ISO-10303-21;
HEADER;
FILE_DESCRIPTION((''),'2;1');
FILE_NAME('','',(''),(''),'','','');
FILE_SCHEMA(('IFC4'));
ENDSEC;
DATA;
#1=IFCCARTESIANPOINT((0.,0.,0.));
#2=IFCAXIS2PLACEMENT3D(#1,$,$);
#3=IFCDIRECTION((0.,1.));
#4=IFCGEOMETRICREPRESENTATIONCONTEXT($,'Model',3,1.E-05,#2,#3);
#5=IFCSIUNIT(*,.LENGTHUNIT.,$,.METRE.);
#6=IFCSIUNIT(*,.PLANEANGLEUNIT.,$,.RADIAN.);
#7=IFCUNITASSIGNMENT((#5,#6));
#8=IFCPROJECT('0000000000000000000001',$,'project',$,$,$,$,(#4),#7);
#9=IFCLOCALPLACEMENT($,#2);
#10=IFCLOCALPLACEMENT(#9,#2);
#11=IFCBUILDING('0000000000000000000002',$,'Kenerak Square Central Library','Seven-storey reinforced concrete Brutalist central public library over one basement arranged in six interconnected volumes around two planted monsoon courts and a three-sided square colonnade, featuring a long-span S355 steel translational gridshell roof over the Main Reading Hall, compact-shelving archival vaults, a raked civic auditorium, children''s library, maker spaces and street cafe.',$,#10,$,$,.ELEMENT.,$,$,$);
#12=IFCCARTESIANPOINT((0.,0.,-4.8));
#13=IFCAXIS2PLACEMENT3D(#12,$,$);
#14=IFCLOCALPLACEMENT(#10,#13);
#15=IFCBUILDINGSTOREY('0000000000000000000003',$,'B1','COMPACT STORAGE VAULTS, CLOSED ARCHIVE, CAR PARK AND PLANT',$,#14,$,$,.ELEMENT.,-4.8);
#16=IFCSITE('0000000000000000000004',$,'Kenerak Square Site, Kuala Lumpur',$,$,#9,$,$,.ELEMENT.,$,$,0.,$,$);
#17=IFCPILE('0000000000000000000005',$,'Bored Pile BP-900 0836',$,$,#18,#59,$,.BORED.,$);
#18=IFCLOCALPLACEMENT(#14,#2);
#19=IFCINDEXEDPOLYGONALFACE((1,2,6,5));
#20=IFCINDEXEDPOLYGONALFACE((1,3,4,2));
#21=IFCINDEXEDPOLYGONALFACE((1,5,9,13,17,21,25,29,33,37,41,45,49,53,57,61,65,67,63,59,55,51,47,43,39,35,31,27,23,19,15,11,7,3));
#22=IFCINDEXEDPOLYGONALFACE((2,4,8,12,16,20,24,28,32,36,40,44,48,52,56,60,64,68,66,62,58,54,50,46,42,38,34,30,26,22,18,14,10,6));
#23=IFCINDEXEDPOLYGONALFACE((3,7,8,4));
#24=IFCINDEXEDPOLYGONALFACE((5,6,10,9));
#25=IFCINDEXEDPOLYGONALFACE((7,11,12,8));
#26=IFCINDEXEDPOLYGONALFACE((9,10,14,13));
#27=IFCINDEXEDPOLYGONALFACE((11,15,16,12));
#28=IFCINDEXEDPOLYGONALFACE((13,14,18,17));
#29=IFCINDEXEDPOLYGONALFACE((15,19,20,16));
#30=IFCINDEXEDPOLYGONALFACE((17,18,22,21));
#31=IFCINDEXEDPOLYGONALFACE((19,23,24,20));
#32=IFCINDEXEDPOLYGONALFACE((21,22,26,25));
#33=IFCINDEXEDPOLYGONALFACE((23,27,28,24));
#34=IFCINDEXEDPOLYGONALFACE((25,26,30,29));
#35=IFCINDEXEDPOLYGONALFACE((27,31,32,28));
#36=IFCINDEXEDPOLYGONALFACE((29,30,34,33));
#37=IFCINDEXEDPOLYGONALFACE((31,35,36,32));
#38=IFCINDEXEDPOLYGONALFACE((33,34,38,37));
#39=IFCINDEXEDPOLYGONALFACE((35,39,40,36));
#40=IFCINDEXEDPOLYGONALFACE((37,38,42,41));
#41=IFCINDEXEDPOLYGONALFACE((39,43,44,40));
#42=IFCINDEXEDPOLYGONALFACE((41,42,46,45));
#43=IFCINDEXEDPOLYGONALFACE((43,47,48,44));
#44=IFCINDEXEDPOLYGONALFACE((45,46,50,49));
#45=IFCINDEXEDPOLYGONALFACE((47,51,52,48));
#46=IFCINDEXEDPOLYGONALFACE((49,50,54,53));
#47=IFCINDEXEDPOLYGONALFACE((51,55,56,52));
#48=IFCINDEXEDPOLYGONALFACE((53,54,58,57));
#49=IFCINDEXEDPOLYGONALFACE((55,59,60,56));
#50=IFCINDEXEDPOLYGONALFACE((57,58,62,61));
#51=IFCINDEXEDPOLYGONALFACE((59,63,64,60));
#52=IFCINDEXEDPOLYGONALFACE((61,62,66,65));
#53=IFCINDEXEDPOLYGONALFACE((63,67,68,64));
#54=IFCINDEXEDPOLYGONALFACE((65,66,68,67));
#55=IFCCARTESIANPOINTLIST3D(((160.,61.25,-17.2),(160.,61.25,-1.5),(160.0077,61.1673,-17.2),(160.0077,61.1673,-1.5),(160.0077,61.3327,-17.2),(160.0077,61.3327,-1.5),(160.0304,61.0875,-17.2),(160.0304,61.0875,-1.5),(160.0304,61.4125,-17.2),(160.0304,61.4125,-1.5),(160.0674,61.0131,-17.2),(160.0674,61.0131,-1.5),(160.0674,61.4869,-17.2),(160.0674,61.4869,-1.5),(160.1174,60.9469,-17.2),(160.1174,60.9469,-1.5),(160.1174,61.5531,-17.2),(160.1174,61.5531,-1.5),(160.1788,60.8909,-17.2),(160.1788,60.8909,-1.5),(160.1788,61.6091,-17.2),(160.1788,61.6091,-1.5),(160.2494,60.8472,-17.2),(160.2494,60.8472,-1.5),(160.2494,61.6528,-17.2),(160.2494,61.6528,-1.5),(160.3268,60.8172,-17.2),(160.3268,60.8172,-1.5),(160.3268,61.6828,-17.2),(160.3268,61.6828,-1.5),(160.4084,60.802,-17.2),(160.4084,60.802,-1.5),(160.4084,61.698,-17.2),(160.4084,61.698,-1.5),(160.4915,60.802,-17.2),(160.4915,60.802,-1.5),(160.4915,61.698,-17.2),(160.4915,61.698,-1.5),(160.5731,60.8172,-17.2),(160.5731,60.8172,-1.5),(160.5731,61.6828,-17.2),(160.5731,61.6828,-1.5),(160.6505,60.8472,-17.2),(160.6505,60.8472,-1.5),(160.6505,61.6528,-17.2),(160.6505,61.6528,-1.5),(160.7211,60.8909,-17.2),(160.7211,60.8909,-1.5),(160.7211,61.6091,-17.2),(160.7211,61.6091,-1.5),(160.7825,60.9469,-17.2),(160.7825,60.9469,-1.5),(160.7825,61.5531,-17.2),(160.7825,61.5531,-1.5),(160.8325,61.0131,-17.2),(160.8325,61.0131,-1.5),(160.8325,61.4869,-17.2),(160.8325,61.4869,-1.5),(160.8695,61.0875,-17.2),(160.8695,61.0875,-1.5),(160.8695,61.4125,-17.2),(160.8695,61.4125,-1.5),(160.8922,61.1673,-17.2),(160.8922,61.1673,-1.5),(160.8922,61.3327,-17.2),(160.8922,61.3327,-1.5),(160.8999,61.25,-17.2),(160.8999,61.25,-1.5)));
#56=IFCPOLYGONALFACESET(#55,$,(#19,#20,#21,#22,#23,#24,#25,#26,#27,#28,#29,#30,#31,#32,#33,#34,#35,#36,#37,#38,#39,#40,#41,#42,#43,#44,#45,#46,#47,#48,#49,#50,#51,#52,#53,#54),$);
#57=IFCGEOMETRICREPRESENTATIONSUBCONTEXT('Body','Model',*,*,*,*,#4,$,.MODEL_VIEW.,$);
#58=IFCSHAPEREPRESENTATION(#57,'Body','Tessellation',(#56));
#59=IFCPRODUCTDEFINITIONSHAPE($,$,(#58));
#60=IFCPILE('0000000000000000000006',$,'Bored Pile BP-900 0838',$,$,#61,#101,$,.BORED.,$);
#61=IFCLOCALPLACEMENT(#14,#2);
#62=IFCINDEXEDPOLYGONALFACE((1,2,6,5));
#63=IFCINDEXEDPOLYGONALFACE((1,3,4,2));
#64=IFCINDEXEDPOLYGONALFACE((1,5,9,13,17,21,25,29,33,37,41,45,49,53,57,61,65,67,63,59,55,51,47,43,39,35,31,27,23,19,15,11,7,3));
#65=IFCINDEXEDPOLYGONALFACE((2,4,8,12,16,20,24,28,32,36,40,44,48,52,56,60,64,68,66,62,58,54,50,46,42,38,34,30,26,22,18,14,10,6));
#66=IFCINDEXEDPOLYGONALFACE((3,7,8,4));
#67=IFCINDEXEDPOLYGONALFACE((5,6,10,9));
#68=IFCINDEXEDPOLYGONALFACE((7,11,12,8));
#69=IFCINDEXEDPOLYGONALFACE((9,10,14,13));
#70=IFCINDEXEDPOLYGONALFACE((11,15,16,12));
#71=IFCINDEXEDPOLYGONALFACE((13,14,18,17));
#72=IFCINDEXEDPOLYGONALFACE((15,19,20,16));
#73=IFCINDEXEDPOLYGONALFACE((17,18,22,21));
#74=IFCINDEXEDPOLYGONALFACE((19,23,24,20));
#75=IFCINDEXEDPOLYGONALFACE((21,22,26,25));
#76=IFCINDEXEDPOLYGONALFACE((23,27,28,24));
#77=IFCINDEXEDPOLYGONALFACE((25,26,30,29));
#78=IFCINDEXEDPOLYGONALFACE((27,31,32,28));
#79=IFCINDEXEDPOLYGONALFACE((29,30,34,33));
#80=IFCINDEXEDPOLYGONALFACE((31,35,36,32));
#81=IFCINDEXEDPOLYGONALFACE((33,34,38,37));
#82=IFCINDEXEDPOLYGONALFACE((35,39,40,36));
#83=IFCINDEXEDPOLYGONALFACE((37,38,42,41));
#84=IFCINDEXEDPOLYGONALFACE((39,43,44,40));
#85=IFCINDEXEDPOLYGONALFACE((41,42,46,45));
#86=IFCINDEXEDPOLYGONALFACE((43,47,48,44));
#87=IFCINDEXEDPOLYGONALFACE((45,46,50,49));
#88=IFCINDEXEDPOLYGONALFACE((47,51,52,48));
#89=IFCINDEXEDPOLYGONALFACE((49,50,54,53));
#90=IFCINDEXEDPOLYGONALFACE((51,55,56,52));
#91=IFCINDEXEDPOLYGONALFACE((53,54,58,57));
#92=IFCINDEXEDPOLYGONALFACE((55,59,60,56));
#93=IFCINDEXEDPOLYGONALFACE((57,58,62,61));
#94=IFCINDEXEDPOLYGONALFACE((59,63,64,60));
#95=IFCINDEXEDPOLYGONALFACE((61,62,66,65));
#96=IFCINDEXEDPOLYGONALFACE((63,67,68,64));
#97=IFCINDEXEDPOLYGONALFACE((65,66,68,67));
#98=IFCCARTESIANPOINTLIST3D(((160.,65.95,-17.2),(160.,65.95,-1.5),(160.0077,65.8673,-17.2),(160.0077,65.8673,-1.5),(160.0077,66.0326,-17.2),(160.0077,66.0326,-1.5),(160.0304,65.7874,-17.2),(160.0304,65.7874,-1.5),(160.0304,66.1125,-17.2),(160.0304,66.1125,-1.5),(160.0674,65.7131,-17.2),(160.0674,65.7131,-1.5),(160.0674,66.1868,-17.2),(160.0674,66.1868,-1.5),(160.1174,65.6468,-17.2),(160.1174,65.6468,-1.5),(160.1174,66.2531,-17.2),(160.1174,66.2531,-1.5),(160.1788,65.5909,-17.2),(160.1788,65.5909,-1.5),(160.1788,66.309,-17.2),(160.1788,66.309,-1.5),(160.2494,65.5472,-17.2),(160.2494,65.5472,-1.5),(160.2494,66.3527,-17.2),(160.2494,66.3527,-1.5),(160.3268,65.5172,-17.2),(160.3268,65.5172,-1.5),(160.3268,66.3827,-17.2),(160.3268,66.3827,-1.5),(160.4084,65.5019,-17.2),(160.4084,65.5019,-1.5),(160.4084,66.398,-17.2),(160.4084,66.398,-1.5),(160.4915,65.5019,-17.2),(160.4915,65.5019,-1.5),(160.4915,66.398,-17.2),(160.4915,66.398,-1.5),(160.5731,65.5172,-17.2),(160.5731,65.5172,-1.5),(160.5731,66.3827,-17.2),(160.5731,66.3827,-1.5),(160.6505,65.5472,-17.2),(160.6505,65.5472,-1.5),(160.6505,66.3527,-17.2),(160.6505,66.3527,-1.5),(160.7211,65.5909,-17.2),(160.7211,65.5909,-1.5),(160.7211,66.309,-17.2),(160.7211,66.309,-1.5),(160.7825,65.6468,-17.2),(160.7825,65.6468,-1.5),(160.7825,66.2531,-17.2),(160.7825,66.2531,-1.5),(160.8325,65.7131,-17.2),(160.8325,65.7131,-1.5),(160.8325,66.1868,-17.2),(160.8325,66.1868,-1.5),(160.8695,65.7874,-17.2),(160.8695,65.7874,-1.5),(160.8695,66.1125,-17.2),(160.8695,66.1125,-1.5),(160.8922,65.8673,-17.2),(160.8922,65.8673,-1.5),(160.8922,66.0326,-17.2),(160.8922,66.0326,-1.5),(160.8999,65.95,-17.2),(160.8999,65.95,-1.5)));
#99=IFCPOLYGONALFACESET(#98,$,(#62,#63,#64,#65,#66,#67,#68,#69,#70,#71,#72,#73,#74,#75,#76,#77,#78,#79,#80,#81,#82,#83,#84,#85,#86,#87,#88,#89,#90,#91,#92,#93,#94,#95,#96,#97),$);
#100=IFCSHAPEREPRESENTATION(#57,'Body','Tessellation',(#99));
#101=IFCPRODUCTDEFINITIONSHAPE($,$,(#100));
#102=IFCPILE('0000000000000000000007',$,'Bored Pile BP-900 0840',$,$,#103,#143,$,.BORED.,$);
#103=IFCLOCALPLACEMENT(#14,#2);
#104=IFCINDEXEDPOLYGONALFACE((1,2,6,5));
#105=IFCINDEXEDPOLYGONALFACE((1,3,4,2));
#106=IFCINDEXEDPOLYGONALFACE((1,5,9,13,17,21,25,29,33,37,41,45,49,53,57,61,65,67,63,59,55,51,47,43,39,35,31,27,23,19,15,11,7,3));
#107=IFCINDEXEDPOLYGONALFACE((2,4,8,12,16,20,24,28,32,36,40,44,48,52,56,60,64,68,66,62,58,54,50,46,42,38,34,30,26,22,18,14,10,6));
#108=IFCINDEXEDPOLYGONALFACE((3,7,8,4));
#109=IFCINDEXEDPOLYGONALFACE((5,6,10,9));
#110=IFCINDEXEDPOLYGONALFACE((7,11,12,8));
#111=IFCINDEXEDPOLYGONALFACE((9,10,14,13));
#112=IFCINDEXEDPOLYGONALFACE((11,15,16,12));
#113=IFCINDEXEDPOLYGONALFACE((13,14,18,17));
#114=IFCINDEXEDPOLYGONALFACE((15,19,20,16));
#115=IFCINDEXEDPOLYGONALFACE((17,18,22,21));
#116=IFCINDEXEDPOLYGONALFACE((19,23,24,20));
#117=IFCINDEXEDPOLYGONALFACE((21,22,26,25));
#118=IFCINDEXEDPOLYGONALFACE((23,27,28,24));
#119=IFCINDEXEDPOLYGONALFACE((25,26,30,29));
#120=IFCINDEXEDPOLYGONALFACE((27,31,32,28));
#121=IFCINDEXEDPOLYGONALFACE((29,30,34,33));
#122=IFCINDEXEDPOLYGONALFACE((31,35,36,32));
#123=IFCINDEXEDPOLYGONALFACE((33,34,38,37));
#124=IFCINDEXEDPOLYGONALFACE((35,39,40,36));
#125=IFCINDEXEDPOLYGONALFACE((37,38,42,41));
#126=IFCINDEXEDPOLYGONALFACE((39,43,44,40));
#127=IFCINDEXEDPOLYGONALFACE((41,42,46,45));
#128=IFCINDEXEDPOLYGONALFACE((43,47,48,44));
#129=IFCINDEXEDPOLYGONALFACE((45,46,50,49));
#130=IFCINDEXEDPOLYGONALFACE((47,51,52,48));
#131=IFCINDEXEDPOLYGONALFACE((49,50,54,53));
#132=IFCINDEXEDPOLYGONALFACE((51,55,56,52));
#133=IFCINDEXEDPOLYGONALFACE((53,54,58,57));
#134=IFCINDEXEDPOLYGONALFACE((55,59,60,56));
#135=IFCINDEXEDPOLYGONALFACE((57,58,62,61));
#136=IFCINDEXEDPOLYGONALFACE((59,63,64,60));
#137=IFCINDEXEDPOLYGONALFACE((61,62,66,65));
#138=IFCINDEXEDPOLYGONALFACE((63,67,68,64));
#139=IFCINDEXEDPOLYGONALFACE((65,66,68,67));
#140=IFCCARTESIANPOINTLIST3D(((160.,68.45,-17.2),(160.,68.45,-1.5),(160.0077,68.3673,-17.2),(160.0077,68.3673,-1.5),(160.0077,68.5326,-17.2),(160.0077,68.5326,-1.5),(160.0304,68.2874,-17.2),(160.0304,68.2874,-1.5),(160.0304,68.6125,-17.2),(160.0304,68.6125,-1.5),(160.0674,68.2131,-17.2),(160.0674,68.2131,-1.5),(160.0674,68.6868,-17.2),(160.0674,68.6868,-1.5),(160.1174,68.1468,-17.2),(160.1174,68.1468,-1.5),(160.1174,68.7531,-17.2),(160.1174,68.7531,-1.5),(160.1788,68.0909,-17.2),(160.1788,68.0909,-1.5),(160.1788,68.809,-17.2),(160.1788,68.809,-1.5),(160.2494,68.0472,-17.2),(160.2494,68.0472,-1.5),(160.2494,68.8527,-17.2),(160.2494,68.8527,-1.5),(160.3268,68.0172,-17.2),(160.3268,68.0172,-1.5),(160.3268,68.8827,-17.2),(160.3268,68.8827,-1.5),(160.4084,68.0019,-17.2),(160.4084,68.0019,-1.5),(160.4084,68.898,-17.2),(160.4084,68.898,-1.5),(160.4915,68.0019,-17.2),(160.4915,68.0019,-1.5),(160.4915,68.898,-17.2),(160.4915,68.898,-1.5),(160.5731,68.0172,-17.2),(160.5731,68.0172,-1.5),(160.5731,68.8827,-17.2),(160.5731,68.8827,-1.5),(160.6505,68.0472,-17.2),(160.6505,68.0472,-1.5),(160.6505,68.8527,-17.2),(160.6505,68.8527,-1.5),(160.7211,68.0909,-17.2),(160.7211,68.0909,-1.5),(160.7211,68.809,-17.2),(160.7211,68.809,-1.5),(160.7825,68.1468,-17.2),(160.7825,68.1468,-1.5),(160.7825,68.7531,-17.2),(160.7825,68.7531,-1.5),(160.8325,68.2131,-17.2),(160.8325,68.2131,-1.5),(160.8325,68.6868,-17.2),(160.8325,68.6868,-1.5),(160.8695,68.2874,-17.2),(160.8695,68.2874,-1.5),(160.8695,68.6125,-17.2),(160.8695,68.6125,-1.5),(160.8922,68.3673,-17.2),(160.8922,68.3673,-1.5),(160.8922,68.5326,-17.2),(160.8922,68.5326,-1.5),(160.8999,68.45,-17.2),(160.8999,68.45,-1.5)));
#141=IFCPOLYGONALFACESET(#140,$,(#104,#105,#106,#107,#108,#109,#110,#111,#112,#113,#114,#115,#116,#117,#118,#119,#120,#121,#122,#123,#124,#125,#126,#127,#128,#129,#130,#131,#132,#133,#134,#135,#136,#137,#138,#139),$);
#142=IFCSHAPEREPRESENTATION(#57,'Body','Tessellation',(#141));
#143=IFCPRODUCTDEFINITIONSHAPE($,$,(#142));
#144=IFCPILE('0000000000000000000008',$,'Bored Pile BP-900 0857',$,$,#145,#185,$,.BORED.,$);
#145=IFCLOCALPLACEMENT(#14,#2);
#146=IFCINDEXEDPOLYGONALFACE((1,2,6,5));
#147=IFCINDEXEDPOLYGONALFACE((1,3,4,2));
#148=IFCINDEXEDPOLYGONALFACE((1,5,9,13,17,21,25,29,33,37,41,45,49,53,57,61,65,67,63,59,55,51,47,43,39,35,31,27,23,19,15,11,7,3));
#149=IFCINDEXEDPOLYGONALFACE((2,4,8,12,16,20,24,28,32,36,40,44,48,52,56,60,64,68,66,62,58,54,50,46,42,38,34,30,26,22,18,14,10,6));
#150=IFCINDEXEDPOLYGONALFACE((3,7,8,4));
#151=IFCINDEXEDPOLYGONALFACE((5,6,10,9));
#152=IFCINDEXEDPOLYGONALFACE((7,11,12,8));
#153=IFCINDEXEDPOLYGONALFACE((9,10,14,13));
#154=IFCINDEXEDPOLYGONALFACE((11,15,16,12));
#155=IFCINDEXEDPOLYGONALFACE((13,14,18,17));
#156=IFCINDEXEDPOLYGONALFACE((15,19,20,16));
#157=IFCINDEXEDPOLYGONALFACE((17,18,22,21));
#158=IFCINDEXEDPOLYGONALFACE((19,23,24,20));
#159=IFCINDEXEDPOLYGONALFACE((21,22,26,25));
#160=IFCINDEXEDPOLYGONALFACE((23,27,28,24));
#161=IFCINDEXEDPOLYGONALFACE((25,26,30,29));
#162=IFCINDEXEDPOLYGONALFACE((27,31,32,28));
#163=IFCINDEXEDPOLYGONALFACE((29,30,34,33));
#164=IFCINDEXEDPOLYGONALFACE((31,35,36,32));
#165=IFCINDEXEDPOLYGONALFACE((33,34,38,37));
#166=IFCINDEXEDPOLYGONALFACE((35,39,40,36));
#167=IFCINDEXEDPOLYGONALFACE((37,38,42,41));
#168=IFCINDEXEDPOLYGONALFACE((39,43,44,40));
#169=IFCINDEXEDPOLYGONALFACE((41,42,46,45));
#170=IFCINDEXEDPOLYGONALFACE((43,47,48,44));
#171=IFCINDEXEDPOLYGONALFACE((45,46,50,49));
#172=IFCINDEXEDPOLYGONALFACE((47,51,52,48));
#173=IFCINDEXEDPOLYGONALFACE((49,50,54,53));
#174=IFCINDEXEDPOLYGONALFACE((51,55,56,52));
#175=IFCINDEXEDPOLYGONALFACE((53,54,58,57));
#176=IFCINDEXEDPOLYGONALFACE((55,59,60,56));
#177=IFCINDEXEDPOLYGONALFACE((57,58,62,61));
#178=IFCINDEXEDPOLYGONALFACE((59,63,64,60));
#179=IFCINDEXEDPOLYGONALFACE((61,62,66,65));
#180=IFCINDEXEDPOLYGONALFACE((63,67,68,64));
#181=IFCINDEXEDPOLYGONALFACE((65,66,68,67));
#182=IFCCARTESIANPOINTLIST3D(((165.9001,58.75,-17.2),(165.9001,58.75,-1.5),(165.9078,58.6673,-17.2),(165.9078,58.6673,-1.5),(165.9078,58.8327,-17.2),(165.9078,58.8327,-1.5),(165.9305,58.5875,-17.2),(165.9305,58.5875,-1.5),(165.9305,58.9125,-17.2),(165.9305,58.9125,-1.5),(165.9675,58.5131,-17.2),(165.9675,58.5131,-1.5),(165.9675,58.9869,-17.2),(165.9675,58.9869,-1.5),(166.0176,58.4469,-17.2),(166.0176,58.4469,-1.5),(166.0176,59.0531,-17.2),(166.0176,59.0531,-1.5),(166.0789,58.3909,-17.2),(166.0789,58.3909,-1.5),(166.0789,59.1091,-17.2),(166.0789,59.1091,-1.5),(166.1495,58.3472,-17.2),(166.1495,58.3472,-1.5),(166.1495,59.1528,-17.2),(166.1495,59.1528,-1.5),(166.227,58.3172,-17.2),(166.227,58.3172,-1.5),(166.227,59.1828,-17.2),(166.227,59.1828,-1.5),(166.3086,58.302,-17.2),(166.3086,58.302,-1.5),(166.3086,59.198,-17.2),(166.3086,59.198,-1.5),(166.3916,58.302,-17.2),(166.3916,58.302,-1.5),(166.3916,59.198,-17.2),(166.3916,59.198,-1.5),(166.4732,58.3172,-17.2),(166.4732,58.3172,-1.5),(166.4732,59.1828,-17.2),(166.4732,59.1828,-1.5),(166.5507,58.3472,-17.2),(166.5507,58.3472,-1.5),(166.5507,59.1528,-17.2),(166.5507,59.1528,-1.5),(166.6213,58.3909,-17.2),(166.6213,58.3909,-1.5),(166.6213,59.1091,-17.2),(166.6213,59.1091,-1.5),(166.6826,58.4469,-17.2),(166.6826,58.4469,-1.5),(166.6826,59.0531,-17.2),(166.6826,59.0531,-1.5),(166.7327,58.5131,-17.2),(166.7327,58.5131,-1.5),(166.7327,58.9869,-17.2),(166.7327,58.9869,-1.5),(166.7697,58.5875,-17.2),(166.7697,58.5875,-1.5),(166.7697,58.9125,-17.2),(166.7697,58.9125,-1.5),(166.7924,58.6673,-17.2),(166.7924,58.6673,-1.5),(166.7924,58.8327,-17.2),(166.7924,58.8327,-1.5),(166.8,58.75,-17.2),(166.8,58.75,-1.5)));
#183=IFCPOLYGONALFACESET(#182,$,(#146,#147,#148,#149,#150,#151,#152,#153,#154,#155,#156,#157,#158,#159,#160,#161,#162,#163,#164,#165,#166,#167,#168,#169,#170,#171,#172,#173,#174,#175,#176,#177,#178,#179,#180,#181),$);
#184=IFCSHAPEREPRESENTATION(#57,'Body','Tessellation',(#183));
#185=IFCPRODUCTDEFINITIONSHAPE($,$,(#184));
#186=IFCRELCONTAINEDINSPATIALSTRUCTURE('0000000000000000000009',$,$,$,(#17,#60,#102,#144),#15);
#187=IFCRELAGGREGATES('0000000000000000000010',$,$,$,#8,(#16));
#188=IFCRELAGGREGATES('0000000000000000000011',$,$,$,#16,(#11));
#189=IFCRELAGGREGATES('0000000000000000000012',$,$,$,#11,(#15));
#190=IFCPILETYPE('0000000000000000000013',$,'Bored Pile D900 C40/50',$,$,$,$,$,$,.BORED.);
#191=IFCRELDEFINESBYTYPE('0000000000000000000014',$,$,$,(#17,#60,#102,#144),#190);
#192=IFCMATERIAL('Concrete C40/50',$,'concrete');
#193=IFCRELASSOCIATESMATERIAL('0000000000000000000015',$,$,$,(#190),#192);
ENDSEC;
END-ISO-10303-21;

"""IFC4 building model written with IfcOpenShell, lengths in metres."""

from ifc_helpers import new_model, si_unit, direction, frame, origin, origin_2d, place, context, subcontext, project, spatial, circle, extrude, material, material_profile, profile_set, type_object, element, save


model = new_model("IFC4")

# Units and contexts
model_context = context("Model", 3, precision=1e-05, world=origin(), true_north=direction((0.0, 1.0)))
body_context = subcontext(model_context, "Body", "Model", "MODEL_VIEW")
ifc_project = project(units=[si_unit("LENGTHUNIT", "METRE"), si_unit("PLANEANGLEUNIT", "RADIAN")], contexts=[model_context])

# Site, building, storey
site_placement = place(None, origin())
site = spatial("IfcSite", under=ifc_project, at=site_placement, Name="Kenerak Square Site, Kuala Lumpur", CompositionType="ELEMENT", RefElevation=0.0)
building_placement = place(site_placement, origin())
building = spatial("IfcBuilding", under=site, at=building_placement, Name="Kenerak Square Central Library", Description="Seven-storey reinforced concrete Brutalist central public library over one basement arranged in six interconnected volumes around two planted monsoon courts and a three-sided square colonnade, featuring a long-span S355 steel translational gridshell roof over the Main Reading Hall, compact-shelving archival vaults, a raked civic auditorium, children's library, maker spaces and street cafe.", CompositionType="ELEMENT")
storey_placement = place(building_placement, frame((0.0, 0.0, -4.8)))
storey = spatial("IfcBuildingStorey", under=building, at=storey_placement, Name="B1", Description="COMPACT STORAGE VAULTS, CLOSED ARCHIVE, CAR PARK AND PLANT", CompositionType="ELEMENT", Elevation=-4.8)

# Piles
ifc_material_1 = material(Name="Concrete C40/50", Category="concrete")
ifc_material_profile_1 = material_profile(ifc_material_1, circle(Radius=0.45, at=origin_2d()), Name="BP D900")
ifc_profile_set_1 = profile_set([ifc_material_profile_1], Name="Concrete C40/50")
pile_type = type_object("IfcPileType", Name="Bored Pile D900 C40/50", PredefinedType="BORED", material=ifc_profile_set_1)
for number, where, z_axis, x_axis, name in (
    (1, (160.45, 61.25, -1.5), (0.0, 0.0, -1.0), (1.0, 0.0, 0.0), "Bored Pile BP-900 0836"),
    (2, (160.45, 65.95, -1.5), (0.0, 0.0, -1.0), (1.0, 0.0, 0.0), "Bored Pile BP-900 0838"),
    (3, (160.45, 68.45, -1.5), (0.0, 0.0, -1.0), (1.0, 0.0, 0.0), "Bored Pile BP-900 0840"),
    (4, (166.3501, 58.75, -1.5), (0.0, 0.0, -1.0), (1.0, 0.0, 0.0), "Bored Pile BP-900 0857"),
):
    element("IfcPile", number, at=place(storey_placement, frame(where, z_axis=z_axis, x_axis=x_axis)), inside=storey, type_object=pile_type, Name=name, PredefinedType="BORED", context=body_context, shape_type="SweptSolid", body=[
        extrude(circle(Radius=0.45, at=origin_2d()), origin(), (0.0, 0.0, 1.0), 15.7),
    ])

save(model, "model.ifc")
